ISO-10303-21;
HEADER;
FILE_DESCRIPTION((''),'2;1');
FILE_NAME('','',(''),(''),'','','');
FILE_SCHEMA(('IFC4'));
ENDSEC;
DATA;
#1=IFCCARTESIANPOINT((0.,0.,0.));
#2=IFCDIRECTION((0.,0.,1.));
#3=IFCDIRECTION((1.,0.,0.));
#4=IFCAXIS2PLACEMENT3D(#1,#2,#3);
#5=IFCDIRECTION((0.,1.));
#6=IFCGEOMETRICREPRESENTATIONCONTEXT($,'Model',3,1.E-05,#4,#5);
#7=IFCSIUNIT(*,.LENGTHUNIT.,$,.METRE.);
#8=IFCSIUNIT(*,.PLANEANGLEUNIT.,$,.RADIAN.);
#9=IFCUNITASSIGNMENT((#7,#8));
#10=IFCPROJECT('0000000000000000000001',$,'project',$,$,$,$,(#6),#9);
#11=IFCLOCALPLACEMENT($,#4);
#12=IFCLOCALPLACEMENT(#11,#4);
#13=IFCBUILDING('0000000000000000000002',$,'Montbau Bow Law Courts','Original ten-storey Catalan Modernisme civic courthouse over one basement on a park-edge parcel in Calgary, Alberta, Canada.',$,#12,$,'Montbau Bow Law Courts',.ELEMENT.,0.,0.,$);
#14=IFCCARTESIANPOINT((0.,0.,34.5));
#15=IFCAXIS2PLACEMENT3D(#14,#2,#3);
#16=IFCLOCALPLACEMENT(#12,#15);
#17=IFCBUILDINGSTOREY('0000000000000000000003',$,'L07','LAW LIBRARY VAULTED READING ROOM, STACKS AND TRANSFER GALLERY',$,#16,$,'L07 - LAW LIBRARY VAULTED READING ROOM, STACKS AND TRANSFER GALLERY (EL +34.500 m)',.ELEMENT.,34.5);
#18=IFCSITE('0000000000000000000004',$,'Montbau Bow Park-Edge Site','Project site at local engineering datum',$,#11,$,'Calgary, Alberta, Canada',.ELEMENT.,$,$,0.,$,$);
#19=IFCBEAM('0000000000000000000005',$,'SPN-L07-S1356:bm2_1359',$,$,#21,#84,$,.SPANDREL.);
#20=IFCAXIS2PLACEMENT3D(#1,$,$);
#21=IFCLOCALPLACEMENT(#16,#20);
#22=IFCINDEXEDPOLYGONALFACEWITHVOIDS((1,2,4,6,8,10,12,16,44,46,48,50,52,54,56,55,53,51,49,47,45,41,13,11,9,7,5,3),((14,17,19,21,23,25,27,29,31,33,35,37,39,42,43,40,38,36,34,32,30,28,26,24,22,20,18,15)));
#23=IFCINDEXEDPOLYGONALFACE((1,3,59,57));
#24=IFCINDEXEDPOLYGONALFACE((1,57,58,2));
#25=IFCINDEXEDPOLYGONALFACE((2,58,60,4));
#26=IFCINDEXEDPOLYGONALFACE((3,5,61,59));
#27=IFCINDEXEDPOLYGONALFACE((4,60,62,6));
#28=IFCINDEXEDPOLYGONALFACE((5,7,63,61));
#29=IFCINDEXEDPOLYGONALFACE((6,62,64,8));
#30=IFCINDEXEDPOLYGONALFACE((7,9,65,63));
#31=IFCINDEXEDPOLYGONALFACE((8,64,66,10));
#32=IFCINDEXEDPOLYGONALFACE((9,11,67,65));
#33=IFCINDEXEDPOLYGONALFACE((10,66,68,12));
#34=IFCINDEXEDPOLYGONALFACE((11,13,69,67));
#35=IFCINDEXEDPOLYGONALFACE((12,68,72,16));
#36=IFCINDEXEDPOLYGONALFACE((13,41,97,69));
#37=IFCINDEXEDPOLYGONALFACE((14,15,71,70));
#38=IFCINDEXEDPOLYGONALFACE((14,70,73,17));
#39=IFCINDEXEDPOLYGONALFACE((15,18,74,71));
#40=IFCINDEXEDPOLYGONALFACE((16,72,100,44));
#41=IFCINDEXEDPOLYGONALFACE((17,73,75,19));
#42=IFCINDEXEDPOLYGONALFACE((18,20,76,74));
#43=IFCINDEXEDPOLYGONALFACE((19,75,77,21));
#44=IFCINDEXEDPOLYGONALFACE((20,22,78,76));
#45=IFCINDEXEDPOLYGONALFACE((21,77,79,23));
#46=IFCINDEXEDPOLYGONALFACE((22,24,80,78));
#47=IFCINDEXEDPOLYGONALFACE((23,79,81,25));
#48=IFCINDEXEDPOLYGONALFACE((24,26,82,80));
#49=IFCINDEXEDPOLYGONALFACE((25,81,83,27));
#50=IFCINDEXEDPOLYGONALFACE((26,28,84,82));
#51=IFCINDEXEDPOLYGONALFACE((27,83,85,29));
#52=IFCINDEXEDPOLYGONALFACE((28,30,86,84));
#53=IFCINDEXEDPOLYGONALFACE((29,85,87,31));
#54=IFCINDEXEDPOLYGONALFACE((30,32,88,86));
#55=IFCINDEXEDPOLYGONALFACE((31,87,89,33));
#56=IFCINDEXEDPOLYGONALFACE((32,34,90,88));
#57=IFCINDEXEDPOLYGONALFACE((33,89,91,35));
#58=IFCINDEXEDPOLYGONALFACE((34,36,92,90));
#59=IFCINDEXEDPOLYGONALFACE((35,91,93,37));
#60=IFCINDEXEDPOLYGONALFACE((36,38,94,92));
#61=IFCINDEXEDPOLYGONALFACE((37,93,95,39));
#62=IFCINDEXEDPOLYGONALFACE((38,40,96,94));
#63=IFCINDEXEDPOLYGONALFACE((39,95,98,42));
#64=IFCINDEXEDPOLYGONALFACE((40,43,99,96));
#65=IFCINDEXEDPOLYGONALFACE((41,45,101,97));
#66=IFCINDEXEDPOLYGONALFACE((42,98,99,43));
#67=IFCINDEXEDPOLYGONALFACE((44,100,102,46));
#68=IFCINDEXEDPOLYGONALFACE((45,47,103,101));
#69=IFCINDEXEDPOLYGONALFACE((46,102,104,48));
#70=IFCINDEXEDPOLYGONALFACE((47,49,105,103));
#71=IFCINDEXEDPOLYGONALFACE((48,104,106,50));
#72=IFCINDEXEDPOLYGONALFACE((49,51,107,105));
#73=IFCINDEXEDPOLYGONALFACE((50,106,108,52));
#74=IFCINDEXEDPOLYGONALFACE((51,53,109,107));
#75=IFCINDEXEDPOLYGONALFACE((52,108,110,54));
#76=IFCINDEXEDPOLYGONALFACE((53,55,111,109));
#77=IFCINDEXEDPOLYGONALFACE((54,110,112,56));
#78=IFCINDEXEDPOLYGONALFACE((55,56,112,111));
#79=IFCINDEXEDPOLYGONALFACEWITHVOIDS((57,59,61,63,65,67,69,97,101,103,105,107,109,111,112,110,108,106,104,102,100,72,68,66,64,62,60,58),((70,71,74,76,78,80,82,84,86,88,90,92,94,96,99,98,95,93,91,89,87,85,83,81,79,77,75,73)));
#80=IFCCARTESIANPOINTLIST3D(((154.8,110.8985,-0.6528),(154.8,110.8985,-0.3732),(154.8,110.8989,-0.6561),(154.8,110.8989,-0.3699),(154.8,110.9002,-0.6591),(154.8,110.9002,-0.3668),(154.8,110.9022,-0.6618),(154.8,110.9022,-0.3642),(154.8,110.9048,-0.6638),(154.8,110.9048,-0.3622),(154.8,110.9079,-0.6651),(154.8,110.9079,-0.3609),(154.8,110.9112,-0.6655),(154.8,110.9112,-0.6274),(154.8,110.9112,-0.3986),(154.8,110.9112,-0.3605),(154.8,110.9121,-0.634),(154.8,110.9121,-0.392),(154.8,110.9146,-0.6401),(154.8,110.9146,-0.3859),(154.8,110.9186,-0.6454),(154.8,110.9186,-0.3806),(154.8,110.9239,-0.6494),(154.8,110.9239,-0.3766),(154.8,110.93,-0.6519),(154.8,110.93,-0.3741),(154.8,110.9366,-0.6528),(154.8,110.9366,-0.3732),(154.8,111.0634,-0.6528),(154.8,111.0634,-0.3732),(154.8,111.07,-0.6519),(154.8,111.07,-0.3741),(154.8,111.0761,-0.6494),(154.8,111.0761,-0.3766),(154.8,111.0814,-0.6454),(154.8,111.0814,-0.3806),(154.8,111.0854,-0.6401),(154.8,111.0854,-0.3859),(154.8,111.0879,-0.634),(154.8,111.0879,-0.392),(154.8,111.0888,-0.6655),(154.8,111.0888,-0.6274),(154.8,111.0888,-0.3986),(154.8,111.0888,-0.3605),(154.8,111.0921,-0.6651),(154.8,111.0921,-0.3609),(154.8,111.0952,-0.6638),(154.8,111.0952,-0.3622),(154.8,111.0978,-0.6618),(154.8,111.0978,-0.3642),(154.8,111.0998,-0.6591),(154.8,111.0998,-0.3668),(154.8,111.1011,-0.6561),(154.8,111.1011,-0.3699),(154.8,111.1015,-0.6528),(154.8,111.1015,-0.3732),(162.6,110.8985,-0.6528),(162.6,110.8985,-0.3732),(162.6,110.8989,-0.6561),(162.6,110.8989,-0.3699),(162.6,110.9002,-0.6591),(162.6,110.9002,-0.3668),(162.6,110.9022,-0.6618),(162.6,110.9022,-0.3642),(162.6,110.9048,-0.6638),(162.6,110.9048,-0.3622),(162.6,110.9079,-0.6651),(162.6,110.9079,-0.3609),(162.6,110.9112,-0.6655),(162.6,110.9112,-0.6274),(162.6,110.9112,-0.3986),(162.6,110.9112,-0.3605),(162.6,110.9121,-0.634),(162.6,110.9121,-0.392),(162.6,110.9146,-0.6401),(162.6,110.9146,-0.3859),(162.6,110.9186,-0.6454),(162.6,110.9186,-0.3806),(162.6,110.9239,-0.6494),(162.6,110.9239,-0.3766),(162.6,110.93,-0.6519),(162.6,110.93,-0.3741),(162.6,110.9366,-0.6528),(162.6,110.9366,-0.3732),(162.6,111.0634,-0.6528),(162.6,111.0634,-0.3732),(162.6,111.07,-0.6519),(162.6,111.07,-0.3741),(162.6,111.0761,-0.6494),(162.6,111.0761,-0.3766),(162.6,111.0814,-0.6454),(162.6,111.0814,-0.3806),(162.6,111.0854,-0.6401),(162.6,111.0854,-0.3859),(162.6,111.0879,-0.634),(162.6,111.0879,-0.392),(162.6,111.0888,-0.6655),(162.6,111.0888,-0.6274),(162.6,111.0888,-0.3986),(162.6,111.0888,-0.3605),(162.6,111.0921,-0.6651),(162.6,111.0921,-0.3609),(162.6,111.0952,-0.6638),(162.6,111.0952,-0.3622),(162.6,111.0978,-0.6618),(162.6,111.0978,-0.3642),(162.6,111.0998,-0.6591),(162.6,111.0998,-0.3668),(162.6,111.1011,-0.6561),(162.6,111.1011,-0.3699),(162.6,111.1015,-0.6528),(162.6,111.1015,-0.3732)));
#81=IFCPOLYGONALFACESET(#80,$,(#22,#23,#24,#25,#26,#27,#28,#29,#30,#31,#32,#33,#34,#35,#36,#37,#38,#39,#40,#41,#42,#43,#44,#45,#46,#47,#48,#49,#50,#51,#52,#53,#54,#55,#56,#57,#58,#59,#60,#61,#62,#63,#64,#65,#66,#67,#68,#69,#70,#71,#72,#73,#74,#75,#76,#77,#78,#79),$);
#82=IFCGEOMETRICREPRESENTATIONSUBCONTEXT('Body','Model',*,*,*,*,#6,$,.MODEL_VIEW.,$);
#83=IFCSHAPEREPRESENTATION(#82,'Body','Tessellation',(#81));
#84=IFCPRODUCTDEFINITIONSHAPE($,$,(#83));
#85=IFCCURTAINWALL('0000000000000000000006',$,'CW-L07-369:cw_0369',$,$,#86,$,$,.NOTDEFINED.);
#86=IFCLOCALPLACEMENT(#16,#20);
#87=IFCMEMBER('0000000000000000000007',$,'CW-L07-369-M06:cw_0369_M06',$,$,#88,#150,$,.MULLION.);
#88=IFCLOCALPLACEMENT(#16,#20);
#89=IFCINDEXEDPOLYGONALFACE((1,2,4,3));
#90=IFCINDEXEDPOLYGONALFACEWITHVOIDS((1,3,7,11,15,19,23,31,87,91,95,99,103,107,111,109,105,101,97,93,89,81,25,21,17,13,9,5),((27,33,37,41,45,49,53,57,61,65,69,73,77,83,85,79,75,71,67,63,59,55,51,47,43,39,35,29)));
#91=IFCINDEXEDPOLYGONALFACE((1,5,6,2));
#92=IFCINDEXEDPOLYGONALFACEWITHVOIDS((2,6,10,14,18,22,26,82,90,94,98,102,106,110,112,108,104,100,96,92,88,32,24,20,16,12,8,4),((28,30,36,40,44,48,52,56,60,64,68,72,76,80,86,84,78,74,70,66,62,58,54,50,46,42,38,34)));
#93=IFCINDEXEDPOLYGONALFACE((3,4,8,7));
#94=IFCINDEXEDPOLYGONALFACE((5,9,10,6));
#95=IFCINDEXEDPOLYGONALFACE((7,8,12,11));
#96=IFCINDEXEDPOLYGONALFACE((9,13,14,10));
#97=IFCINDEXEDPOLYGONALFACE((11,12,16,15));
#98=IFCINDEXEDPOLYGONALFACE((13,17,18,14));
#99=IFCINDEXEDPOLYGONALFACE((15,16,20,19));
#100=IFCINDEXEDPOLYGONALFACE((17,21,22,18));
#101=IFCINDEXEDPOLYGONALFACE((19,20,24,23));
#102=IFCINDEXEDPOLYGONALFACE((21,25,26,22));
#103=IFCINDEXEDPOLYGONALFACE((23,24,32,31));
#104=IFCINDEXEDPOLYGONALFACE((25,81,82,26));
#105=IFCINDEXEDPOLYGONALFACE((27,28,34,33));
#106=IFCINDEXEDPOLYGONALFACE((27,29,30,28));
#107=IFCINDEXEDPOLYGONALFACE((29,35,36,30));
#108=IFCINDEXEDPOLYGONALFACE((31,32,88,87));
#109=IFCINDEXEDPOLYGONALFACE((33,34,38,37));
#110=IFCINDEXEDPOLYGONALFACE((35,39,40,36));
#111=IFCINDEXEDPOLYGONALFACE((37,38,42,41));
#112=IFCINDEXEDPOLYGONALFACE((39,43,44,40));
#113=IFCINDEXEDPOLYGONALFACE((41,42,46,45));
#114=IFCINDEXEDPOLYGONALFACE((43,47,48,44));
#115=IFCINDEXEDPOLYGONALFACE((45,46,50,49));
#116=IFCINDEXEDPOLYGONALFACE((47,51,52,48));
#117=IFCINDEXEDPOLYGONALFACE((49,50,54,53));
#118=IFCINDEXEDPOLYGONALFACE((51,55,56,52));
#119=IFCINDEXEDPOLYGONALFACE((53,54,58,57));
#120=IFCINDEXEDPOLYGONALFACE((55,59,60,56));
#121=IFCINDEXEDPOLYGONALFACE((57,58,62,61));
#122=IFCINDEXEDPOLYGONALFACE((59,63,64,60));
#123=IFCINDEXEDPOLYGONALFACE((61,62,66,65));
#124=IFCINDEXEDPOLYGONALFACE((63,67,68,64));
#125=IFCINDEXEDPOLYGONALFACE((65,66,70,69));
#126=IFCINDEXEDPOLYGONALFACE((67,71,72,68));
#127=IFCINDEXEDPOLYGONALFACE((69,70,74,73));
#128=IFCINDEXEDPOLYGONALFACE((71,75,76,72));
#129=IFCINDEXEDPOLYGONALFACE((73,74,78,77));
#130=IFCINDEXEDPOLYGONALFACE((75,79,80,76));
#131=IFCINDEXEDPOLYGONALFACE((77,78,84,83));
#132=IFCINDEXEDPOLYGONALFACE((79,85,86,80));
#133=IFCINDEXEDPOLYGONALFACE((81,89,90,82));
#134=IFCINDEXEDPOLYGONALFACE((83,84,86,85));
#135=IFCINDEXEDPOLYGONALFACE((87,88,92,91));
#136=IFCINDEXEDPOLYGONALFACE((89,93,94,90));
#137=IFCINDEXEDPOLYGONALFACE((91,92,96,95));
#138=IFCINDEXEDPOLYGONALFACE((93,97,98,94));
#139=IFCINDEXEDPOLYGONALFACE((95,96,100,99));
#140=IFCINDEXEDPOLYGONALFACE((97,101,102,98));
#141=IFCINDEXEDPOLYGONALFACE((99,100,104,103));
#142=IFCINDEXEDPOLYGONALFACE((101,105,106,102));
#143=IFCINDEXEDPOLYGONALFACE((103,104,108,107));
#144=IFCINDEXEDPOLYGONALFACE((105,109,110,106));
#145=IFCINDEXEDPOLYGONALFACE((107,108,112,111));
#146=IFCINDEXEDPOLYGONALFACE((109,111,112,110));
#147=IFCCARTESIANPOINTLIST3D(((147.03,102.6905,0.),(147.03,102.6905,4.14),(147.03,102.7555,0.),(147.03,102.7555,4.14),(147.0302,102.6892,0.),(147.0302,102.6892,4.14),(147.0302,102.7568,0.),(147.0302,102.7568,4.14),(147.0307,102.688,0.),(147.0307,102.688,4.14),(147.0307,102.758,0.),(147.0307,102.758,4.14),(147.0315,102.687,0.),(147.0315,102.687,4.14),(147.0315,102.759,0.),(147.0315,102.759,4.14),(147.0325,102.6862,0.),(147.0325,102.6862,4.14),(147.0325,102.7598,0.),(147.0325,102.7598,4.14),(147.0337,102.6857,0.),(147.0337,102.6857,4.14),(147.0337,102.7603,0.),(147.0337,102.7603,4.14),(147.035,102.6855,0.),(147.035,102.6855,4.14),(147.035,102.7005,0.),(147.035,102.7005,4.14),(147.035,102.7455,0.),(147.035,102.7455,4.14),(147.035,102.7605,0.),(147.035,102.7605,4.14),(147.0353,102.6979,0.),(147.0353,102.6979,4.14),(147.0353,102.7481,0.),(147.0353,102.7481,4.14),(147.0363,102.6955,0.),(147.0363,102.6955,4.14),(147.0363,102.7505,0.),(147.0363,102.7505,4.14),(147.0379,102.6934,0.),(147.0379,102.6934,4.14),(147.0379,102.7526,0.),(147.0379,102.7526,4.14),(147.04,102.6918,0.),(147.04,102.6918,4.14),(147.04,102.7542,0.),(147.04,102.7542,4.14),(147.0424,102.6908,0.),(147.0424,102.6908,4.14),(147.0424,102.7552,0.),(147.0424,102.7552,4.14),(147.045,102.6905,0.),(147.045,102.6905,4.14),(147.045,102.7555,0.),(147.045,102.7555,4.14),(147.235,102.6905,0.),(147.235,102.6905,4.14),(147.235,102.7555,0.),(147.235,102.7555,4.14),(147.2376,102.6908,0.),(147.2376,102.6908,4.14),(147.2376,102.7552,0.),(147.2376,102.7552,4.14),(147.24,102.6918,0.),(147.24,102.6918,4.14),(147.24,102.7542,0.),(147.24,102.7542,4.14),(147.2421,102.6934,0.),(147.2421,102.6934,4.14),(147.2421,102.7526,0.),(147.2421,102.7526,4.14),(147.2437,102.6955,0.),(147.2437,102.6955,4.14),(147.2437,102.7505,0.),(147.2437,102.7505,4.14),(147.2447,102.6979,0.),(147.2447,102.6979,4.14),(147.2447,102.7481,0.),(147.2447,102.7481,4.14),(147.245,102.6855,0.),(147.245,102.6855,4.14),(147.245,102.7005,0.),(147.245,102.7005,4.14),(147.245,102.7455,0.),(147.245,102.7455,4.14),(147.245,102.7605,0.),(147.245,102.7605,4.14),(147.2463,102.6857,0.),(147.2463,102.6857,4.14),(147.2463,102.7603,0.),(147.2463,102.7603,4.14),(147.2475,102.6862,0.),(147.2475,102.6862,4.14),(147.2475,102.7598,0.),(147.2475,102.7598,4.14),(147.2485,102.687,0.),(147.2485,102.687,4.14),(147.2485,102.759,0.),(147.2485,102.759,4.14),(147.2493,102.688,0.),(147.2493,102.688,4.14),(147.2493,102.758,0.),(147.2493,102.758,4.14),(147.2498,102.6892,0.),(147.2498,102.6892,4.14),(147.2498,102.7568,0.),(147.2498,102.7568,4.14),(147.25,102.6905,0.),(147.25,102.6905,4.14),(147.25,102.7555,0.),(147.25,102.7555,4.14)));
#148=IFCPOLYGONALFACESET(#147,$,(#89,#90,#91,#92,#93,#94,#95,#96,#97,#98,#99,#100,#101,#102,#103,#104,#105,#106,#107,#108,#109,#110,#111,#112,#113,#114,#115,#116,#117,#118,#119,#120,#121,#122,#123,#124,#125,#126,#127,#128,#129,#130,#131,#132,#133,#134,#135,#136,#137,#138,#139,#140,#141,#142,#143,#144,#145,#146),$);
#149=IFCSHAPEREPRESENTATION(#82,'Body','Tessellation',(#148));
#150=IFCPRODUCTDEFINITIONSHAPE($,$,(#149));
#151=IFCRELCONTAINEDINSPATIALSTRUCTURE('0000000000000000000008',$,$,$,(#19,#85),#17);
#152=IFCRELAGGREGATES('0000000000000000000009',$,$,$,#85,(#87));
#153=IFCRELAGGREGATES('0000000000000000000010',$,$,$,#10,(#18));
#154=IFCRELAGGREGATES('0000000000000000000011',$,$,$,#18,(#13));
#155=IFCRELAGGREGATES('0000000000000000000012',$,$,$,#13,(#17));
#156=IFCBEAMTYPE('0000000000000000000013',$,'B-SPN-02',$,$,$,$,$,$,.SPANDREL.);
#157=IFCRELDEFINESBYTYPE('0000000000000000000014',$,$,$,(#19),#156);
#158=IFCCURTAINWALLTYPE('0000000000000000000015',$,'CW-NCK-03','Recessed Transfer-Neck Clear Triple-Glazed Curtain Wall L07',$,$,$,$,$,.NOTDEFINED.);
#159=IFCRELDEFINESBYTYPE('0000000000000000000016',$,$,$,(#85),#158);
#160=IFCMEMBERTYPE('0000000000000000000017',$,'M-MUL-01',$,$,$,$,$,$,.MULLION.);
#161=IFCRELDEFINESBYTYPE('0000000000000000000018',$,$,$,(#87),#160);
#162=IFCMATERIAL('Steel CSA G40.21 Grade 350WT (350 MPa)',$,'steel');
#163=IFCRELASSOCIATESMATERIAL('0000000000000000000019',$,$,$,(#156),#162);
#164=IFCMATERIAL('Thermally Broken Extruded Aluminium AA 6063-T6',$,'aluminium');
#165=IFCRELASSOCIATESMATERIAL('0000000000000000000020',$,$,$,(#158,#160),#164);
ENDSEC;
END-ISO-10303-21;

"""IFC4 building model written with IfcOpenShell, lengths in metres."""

from ifc_helpers import new_model, si_unit, direction, frame, origin_with_axes, origin_2d_with_axis, place, context, subcontext, project, spatial, hollow_rectangle, extrude, material, material_profile, profile_set, type_object, element, aggregate, save


model = new_model("IFC4")

# Units and contexts
model_context = context("Model", 3, precision=1e-05, world=origin_with_axes(), true_north=direction((0.0, 1.0)))
body_context = subcontext(model_context, "Body", "Model", "MODEL_VIEW")
ifc_project = project(units=[si_unit("LENGTHUNIT", "METRE"), si_unit("PLANEANGLEUNIT", "RADIAN")], contexts=[model_context])

# Site, building, storey
site_placement = place(None, origin_with_axes())
site = spatial("IfcSite", under=ifc_project, at=site_placement, Name="Montbau Bow Park-Edge Site", Description="Project site at local engineering datum", LongName="Calgary, Alberta, Canada", CompositionType="ELEMENT", RefElevation=0.0)
building_placement = place(site_placement, origin_with_axes())
building = spatial("IfcBuilding", under=site, at=building_placement, Name="Montbau Bow Law Courts", Description="Original ten-storey Catalan Modernisme civic courthouse over one basement on a park-edge parcel in Calgary, Alberta, Canada.", LongName="Montbau Bow Law Courts", CompositionType="ELEMENT", ElevationOfRefHeight=0.0, ElevationOfTerrain=0.0)
storey_placement = place(building_placement, frame((0.0, 0.0, 34.5), z_axis=(0.0, 0.0, 1.0), x_axis=(1.0, 0.0, 0.0)))
storey = spatial("IfcBuildingStorey", under=building, at=storey_placement, Name="L07", Description="LAW LIBRARY VAULTED READING ROOM, STACKS AND TRANSFER GALLERY", LongName="L07 - LAW LIBRARY VAULTED READING ROOM, STACKS AND TRANSFER GALLERY (EL +34.500 m)", CompositionType="ELEMENT", Elevation=34.5)

# Beam
ifc_material_1 = material(Name="Steel CSA G40.21 Grade 350WT (350 MPa)", Category="steel")
ifc_material_profile_1 = material_profile(ifc_material_1, hollow_rectangle(XDim=0.203, YDim=0.305, WallThickness=0.0127, InnerFilletRadius=0.0254, OuterFilletRadius=0.0127, at=origin_2d_with_axis()), Name="HSS305X203X13", Category="Main", Priority=0)
ifc_profile_set_1 = profile_set([ifc_material_profile_1], Name="Steel CSA G40.21 Grade 350WT (350 MPa)")
beam_type_1 = type_object("IfcBeamType", Name="B-SPN-02", PredefinedType="SPANDREL", material=ifc_profile_set_1)
beam_1_placement = place(None, frame((154.8, 111.0, 33.987), z_axis=(1.0, 0.0, 0.0), x_axis=(0.0, 1.0, 0.0)))
element("IfcBeam", 1, at=beam_1_placement, inside=storey, type_object=beam_type_1, Name="SPN-L07-S1356:bm2_1359", PredefinedType="SPANDREL", context=body_context, shape_type="SweptSolid", body=[
    extrude(hollow_rectangle(XDim=0.203, YDim=0.305, WallThickness=0.0127, InnerFilletRadius=0.0254, OuterFilletRadius=0.0127, at=origin_2d_with_axis()), origin_with_axes(), (0.0, 0.0, 1.0), 7.8),
])

# Curtain wall, member
ifc_material_2 = material(Name="Thermally Broken Extruded Aluminium AA 6063-T6", Category="aluminium")
curtain_wall_type = type_object("IfcCurtainWallType", Name="CW-NCK-03", Description="Recessed Transfer-Neck Clear Triple-Glazed Curtain Wall L07", PredefinedType="NOTDEFINED", material=ifc_material_2)
curtain_wall_1_placement = place(None, frame((147.14, 95.067, 34.5), z_axis=(0.0, 0.0, 1.0), x_axis=(1.0, 0.0, 0.0)))
curtain_wall_1 = element("IfcCurtainWall", 2, at=curtain_wall_1_placement, inside=storey, type_object=curtain_wall_type, Name="CW-L07-369:cw_0369", PredefinedType="NOTDEFINED")
ifc_material_profile_2 = material_profile(ifc_material_2, hollow_rectangle(XDim=0.075, YDim=0.22, WallThickness=0.005, InnerFilletRadius=0.01, OuterFilletRadius=0.005, at=origin_2d_with_axis()), Name="CWM-220X75", Category="Main", Priority=0)
ifc_profile_set_2 = profile_set([ifc_material_profile_2], Name="Thermally Broken Extruded Aluminium AA 6063-T6")
member_type_1 = type_object("IfcMemberType", Name="M-MUL-01", PredefinedType="MULLION", material=ifc_profile_set_2)
member_1_placement = place(None, frame((147.14, 102.723, 34.5), z_axis=(0.0, 0.0, 1.0), x_axis=(0.0, 1.0, 0.0)))
member_1 = element("IfcMember", 3, at=member_1_placement, type_object=member_type_1, Name="CW-L07-369-M06:cw_0369_M06", PredefinedType="MULLION", context=body_context, shape_type="SweptSolid", body=[
    extrude(hollow_rectangle(XDim=0.075, YDim=0.22, WallThickness=0.005, InnerFilletRadius=0.01, OuterFilletRadius=0.005, at=origin_2d_with_axis()), origin_with_axes(), (0.0, 0.0, 1.0), 4.14),
])

aggregate(curtain_wall_1, [member_1])

save(model, "model.ifc")
